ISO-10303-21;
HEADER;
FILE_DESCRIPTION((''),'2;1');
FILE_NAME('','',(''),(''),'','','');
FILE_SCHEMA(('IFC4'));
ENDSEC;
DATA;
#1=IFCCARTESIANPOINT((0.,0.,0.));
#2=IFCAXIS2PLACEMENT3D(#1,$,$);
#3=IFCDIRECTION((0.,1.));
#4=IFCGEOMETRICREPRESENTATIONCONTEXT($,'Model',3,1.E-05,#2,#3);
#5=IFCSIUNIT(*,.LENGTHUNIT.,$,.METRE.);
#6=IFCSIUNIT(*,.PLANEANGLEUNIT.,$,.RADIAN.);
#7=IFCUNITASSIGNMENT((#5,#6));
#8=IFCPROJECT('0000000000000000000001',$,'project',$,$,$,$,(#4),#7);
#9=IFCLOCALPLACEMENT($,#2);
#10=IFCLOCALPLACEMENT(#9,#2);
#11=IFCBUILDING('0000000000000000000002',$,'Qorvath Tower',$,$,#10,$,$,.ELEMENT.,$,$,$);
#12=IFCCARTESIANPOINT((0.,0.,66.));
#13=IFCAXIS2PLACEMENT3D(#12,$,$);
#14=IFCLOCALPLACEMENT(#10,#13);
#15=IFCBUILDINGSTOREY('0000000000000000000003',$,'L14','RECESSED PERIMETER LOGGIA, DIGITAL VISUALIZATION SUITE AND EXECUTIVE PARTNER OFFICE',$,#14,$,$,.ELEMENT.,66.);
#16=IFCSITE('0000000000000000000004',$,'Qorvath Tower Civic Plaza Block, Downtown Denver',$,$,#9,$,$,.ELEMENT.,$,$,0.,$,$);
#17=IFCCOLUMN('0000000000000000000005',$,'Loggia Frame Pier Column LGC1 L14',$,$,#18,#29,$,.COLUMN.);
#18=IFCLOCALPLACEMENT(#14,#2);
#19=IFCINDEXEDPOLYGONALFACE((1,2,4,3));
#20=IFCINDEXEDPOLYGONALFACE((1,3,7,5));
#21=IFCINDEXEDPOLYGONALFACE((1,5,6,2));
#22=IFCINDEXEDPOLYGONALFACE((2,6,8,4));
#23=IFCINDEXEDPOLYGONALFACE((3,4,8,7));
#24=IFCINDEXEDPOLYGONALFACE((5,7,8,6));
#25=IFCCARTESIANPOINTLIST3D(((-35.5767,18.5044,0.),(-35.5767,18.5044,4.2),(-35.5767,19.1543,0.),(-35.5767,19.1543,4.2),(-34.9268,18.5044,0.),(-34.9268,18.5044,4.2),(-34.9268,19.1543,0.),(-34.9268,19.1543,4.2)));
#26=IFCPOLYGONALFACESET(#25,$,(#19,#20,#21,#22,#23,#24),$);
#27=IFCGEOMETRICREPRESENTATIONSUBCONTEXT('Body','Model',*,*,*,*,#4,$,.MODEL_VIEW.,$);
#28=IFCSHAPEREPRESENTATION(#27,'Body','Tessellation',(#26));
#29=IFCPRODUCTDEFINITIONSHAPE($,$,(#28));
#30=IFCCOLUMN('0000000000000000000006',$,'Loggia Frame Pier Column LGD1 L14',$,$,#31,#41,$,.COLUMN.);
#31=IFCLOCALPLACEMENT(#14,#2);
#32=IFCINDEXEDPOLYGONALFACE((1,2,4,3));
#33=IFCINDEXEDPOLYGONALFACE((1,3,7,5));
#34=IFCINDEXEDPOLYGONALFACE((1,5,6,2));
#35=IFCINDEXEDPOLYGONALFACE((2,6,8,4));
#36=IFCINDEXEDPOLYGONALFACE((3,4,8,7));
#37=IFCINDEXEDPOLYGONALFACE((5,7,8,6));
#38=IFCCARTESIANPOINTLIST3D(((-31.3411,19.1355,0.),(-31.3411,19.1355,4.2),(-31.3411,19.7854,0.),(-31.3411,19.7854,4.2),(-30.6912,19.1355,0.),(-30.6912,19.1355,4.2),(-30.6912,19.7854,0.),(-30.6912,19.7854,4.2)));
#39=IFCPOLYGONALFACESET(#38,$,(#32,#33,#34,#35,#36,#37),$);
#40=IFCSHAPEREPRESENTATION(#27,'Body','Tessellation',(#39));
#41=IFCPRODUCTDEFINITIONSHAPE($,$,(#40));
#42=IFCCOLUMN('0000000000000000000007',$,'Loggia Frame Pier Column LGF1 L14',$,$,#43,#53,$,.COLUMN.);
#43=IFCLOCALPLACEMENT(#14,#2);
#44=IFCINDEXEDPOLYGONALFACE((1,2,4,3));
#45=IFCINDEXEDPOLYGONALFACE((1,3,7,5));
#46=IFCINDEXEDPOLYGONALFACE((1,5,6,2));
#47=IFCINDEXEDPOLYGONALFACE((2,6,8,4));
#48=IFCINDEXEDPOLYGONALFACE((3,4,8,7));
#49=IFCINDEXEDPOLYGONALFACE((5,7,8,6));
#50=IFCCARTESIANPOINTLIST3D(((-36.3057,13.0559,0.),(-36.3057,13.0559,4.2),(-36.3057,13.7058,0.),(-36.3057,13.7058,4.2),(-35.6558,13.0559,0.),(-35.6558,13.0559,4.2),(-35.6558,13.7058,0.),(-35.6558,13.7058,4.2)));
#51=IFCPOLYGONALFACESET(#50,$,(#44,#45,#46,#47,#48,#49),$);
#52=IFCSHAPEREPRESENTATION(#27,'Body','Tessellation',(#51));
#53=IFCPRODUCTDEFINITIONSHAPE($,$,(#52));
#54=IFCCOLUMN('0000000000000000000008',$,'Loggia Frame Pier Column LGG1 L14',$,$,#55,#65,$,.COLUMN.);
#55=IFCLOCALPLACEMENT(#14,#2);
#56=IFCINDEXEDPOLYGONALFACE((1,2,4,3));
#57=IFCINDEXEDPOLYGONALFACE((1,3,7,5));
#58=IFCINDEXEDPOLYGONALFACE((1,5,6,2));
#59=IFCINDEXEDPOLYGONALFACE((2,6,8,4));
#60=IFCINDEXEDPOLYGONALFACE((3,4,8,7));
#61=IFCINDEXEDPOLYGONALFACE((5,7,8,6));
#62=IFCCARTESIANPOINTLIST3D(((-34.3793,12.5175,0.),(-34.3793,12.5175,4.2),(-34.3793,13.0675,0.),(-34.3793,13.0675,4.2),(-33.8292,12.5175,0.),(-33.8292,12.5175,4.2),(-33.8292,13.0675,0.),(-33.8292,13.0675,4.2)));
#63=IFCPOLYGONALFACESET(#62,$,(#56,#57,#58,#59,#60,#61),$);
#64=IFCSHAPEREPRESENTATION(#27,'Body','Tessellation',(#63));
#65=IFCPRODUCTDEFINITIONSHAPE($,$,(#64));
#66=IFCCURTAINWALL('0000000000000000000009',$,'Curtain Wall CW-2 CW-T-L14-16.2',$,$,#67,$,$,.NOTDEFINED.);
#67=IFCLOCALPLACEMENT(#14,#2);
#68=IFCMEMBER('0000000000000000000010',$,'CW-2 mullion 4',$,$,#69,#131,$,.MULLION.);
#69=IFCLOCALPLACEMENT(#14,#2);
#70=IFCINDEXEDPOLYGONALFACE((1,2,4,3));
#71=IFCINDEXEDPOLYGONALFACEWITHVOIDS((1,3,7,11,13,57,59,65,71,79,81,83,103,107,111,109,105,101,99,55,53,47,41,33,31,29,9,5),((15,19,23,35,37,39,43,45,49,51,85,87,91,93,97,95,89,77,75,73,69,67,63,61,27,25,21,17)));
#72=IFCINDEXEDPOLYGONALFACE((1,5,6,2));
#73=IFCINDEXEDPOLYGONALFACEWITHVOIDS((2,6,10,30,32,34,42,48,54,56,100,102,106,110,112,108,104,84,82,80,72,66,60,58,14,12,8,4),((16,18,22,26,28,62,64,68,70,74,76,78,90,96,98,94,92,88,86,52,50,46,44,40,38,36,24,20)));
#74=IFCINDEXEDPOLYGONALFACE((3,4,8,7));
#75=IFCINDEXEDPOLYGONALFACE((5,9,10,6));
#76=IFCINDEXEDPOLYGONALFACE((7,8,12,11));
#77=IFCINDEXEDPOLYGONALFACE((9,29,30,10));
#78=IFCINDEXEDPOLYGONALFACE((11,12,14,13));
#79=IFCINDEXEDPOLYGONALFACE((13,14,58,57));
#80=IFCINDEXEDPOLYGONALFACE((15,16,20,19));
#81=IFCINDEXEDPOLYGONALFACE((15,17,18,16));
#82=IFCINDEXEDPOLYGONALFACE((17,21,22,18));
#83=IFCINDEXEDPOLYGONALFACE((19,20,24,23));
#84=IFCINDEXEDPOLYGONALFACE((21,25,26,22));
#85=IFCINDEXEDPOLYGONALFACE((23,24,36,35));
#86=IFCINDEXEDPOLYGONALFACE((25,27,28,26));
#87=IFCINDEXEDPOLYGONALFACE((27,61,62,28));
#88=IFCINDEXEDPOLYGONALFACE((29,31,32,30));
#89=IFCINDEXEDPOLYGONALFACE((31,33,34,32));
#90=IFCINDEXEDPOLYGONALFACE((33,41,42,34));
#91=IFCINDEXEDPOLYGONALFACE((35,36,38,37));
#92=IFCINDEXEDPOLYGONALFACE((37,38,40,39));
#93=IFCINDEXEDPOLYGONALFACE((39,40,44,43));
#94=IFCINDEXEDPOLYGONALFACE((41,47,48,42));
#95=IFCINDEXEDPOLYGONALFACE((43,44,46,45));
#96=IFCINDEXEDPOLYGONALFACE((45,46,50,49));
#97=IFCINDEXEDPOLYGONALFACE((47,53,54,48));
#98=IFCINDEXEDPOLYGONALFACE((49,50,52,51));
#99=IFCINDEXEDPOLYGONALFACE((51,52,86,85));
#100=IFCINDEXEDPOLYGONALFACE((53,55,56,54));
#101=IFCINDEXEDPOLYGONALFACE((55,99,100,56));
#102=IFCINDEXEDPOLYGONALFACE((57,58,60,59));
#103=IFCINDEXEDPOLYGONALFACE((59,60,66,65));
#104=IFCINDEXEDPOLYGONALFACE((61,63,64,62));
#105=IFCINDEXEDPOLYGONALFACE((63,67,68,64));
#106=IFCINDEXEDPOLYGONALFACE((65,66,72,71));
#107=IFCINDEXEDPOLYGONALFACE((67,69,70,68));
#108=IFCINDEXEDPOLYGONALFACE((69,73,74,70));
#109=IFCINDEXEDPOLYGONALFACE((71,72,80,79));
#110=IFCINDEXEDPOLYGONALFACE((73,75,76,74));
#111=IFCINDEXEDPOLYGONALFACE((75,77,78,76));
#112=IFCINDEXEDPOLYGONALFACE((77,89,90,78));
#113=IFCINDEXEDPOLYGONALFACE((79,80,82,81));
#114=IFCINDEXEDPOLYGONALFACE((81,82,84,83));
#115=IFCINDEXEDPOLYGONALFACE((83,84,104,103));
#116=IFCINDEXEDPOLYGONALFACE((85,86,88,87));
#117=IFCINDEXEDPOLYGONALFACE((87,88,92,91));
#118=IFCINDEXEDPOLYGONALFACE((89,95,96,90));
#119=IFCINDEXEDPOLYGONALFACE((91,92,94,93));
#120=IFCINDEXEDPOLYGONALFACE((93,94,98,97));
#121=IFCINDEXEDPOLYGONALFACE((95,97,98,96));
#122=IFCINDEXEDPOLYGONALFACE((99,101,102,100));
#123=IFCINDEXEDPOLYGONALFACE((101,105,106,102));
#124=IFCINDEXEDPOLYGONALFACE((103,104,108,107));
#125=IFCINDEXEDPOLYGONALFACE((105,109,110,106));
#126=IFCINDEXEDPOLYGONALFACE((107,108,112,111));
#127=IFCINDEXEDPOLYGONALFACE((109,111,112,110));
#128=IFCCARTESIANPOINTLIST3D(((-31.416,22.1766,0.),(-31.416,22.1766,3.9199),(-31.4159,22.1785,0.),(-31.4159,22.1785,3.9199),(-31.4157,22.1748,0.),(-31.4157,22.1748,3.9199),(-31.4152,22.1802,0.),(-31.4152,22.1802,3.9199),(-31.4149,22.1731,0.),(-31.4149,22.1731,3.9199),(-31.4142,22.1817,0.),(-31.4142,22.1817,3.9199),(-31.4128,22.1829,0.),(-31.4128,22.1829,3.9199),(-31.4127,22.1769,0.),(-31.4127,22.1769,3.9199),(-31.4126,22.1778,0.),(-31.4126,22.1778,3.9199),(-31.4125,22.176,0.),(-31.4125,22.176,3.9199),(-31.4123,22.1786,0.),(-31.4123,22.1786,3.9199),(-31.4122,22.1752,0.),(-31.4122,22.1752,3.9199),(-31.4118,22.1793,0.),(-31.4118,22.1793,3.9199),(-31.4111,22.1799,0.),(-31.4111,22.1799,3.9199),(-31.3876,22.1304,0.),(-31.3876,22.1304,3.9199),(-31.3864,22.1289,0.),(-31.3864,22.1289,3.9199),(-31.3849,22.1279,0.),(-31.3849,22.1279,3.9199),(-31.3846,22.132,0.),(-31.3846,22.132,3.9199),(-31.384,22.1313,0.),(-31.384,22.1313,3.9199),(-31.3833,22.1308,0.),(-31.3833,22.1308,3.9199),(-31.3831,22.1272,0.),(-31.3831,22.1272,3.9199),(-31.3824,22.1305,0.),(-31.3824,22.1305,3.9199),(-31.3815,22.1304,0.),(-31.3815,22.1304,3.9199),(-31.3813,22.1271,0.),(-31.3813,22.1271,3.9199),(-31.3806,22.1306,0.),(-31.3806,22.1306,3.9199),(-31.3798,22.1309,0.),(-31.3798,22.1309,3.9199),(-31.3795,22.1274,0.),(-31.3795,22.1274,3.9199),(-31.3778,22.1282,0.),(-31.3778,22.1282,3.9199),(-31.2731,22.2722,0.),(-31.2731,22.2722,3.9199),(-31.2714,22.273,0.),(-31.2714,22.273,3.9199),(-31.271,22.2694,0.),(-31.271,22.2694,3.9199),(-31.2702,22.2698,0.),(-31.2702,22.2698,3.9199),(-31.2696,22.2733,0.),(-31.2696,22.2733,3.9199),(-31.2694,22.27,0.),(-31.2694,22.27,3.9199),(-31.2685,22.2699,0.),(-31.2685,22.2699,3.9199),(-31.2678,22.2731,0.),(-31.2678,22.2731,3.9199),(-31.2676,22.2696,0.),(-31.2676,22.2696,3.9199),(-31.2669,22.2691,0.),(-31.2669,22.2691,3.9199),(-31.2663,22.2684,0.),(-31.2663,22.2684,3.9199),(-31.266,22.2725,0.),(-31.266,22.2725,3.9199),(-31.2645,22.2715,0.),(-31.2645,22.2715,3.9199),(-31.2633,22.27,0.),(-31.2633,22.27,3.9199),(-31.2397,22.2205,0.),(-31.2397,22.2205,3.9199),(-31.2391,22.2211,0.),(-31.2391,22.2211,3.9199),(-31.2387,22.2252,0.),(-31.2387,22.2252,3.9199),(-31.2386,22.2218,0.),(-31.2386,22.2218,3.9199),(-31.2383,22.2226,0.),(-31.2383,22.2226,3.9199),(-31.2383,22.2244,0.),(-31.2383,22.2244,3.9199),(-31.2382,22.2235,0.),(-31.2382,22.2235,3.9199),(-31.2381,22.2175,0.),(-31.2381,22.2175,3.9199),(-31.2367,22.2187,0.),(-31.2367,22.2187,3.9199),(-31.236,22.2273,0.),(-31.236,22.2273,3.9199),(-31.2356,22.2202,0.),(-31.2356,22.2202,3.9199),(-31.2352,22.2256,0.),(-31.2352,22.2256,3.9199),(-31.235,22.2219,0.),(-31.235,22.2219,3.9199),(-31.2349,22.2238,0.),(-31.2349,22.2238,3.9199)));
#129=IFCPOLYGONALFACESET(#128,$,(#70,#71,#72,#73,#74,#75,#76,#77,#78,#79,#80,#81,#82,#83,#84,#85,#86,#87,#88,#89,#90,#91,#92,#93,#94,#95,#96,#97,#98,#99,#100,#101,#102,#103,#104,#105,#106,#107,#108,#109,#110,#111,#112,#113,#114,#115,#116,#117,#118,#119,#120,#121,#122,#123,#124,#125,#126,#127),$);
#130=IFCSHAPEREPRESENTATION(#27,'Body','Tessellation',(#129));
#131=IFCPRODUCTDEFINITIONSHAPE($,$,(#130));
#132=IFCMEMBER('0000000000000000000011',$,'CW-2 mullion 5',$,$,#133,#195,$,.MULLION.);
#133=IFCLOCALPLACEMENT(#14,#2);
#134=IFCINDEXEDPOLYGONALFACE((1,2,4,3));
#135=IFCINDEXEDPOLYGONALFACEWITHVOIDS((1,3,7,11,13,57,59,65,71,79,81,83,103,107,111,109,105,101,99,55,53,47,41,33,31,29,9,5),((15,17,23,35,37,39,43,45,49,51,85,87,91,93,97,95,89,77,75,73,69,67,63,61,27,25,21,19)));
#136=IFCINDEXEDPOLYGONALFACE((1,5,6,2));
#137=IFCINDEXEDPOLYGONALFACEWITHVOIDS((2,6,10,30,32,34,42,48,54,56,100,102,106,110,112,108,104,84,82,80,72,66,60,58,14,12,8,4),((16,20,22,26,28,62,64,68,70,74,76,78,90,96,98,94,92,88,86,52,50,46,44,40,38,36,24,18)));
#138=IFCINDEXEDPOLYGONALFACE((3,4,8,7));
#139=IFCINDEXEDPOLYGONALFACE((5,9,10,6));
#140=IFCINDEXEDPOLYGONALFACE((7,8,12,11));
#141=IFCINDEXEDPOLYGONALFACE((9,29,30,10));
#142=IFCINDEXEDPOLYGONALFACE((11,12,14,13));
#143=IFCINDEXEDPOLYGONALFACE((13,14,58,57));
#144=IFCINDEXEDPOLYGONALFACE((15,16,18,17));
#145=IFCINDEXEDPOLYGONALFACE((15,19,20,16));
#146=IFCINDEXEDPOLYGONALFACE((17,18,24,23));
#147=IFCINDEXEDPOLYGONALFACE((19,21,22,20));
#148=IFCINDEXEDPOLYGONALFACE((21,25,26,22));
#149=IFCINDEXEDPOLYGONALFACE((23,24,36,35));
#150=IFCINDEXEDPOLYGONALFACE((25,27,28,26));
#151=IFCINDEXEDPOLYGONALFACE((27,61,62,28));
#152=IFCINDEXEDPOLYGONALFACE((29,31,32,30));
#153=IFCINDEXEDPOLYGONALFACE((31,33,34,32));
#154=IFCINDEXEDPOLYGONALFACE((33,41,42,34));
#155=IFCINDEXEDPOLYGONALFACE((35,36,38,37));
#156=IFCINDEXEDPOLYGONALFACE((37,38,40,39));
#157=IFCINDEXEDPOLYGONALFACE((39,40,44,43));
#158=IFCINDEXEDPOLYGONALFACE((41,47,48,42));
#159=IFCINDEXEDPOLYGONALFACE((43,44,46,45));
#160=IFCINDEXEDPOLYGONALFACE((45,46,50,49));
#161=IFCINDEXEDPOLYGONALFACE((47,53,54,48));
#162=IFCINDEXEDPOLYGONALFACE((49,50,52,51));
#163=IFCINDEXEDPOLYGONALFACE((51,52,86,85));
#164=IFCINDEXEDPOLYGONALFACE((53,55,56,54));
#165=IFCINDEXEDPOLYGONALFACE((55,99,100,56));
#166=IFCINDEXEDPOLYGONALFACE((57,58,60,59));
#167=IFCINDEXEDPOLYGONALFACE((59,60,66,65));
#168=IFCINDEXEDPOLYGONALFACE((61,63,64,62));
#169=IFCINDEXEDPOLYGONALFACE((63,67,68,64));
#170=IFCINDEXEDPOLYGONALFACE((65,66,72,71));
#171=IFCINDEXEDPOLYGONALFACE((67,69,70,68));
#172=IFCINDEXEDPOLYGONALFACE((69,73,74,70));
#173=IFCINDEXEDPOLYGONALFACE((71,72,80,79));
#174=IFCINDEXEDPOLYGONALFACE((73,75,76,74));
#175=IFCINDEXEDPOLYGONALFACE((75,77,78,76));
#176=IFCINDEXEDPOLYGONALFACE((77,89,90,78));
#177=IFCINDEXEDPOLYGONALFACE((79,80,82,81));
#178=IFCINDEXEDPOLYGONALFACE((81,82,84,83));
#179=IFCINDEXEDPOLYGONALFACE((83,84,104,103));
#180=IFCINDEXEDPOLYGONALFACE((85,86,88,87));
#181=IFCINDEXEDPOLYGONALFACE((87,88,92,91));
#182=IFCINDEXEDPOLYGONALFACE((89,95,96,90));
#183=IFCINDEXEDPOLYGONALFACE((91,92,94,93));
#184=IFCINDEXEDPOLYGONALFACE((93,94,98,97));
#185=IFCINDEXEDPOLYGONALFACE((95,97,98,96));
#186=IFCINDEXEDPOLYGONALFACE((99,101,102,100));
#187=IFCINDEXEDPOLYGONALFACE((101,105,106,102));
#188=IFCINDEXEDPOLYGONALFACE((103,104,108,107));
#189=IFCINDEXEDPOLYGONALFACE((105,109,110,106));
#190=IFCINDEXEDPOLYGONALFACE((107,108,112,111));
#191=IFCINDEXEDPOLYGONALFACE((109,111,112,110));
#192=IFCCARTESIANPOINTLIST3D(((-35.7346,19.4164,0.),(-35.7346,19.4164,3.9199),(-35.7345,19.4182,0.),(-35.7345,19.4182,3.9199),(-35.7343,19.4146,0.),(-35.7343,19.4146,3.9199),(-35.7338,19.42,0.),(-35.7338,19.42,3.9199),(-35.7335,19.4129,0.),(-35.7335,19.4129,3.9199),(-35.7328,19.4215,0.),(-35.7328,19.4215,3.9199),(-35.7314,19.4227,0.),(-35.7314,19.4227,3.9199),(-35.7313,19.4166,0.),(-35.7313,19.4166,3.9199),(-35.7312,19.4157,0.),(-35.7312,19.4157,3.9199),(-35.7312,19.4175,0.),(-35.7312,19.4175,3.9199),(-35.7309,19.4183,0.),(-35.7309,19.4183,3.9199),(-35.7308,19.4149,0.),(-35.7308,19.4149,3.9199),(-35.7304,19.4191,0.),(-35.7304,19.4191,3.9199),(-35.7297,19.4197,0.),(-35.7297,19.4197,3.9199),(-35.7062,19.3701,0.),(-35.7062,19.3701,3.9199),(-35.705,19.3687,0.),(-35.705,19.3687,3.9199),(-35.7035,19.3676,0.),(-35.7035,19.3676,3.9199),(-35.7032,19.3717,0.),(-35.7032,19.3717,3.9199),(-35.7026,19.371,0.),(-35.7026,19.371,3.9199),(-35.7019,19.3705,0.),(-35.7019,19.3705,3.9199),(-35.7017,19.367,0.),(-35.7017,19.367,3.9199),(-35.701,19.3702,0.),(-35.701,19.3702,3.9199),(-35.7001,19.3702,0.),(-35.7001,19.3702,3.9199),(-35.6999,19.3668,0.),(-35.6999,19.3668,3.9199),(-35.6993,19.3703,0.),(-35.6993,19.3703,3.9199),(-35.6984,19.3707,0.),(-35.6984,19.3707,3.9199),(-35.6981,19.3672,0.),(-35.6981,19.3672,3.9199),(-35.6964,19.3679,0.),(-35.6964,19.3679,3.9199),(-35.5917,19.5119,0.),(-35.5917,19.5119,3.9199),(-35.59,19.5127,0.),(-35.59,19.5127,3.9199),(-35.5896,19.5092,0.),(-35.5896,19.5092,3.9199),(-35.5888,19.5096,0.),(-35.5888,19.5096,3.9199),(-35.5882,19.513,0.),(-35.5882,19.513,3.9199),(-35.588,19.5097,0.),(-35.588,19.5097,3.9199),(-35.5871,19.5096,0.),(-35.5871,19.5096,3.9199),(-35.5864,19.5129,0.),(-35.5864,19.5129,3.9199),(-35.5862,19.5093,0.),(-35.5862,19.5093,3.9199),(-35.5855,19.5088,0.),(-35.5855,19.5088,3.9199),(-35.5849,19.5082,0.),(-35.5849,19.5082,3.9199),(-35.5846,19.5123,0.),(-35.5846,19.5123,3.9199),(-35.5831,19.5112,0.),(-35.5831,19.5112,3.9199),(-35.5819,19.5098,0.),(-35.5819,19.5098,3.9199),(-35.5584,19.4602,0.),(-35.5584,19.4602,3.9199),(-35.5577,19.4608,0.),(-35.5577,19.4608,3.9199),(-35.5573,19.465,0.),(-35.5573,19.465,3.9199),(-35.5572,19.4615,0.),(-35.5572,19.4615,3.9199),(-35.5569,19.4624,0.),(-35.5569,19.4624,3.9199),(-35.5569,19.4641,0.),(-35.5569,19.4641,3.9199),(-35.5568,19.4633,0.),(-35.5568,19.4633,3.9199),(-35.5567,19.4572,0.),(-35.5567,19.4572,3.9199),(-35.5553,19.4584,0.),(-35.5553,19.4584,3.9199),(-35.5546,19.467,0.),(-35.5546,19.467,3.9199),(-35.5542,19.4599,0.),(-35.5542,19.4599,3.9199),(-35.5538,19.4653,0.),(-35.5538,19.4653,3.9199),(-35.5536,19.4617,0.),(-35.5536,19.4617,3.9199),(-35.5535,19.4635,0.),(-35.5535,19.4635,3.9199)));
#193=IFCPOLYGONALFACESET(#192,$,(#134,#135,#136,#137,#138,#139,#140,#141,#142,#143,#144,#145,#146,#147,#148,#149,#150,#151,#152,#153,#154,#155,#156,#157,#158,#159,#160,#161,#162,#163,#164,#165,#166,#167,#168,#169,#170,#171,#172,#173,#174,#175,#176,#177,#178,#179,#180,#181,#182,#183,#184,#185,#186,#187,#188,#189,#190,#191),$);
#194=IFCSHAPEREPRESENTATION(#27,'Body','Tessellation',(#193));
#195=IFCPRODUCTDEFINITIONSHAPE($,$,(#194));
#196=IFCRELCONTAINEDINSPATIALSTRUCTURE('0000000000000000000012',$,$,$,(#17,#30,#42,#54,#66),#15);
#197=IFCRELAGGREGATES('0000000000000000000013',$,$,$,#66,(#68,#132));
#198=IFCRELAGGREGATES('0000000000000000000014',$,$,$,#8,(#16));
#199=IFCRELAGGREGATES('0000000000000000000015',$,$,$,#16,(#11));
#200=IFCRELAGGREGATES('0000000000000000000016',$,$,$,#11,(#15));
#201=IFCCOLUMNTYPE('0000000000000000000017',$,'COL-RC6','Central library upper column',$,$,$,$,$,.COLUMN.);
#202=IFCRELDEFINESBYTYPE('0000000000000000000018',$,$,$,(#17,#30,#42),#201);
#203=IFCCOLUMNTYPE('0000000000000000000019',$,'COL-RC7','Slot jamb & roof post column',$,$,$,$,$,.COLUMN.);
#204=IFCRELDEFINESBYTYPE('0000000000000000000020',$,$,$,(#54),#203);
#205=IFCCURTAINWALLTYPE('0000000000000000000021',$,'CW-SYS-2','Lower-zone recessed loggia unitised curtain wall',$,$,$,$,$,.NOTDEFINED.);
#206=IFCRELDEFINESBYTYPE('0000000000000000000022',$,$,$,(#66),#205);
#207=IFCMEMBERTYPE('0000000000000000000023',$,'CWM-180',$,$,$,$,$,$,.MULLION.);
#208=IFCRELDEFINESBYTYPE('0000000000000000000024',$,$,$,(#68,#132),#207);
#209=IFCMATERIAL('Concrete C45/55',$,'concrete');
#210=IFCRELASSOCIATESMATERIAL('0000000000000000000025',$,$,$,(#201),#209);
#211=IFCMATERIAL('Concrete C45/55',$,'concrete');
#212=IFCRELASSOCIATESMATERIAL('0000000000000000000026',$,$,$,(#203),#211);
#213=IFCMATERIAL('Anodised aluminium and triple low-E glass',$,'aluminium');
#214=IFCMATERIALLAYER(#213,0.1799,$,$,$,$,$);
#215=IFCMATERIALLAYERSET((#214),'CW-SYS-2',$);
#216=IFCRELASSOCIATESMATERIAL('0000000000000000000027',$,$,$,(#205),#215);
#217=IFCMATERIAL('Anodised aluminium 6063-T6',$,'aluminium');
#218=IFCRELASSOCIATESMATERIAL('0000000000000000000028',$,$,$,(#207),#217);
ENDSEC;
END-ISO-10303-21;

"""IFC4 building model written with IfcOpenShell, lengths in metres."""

from ifc_helpers import new_model, si_unit, direction, frame, origin, origin_2d, place, context, subcontext, project, spatial, rectangle, hollow_rectangle, extrude, material, layer, layer_set, material_profile, profile_set, type_object, element, aggregate, save


model = new_model("IFC4")

# Units and contexts
model_context = context("Model", 3, precision=1e-05, world=origin(), true_north=direction((0.0, 1.0)))
body_context = subcontext(model_context, "Body", "Model", "MODEL_VIEW")
ifc_project = project(units=[si_unit("LENGTHUNIT", "METRE"), si_unit("PLANEANGLEUNIT", "RADIAN")], contexts=[model_context])

# Site, building, storey
site_placement = place(None, origin())
site = spatial("IfcSite", under=ifc_project, at=site_placement, Name="Qorvath Tower Civic Plaza Block, Downtown Denver", CompositionType="ELEMENT", RefElevation=0.0)
building_placement = place(site_placement, origin())
building = spatial("IfcBuilding", under=site, at=building_placement, Name="Qorvath Tower", CompositionType="ELEMENT")
storey_placement = place(building_placement, frame((0.0, 0.0, 66.0)))
storey = spatial("IfcBuildingStorey", under=building, at=storey_placement, Name="L14", Description="RECESSED PERIMETER LOGGIA, DIGITAL VISUALIZATION SUITE AND EXECUTIVE PARTNER OFFICE", CompositionType="ELEMENT", Elevation=66.0)

# Columns
ifc_material_1 = material(Name="Concrete C45/55", Category="concrete")
ifc_material_profile_1 = material_profile(ifc_material_1, rectangle(XDim=0.6499, YDim=0.6499, at=origin_2d()), Name="RC 650x650")
ifc_profile_set_1 = profile_set([ifc_material_profile_1], Name="Concrete C45/55")
column_type_1 = type_object("IfcColumnType", Name="COL-RC6", Description="Central library upper column", PredefinedType="COLUMN", material=ifc_profile_set_1)
for number, where, z_axis, x_axis, name in (
    (1, (-35.2517, 18.8293, 0.0), (0.0, 0.0, 1.0), (1.0, 0.0, 0.0), "Loggia Frame Pier Column LGC1 L14"),
    (2, (-31.0161, 19.4604, 0.0), (0.0, 0.0, 1.0), (1.0, 0.0, 0.0), "Loggia Frame Pier Column LGD1 L14"),
    (3, (-35.9807, 13.3809, 0.0), (0.0, 0.0, 1.0), (1.0, 0.0, 0.0), "Loggia Frame Pier Column LGF1 L14"),
):
    element("IfcColumn", number, at=place(storey_placement, frame(where, z_axis=z_axis, x_axis=x_axis)), inside=storey, type_object=column_type_1, Name=name, PredefinedType="COLUMN", context=body_context, shape_type="SweptSolid", body=[
        extrude(rectangle(XDim=0.6499, YDim=0.6499, at=origin_2d()), origin(), (0.0, 0.0, 1.0), 4.2),
    ])
ifc_material_2 = material(Name="Concrete C45/55", Category="concrete")
ifc_material_profile_2 = material_profile(ifc_material_2, rectangle(XDim=0.55, YDim=0.55, at=origin_2d()), Name="RC 550x550")
ifc_profile_set_2 = profile_set([ifc_material_profile_2], Name="Concrete C45/55")
column_type_2 = type_object("IfcColumnType", Name="COL-RC7", Description="Slot jamb & roof post column", PredefinedType="COLUMN", material=ifc_profile_set_2)
column_placement = place(storey_placement, frame((-34.1042, 12.7925, 0.0), z_axis=(0.0, 0.0, 1.0), x_axis=(1.0, 0.0, 0.0)))
element("IfcColumn", 4, at=column_placement, inside=storey, type_object=column_type_2, Name="Loggia Frame Pier Column LGG1 L14", PredefinedType="COLUMN", context=body_context, shape_type="SweptSolid", body=[
    extrude(rectangle(XDim=0.55, YDim=0.55, at=origin_2d()), origin(), (0.0, 0.0, 1.0), 4.2),
])

# Curtain wall, members
ifc_material_3 = material(Name="Anodised aluminium and triple low-E glass", Category="aluminium")
ifc_layer_1 = layer(ifc_material_3, 0.1799)
ifc_layer_set_1 = layer_set([ifc_layer_1], Name="CW-SYS-2")
curtain_wall_type = type_object("IfcCurtainWallType", Name="CW-SYS-2", Description="Lower-zone recessed loggia unitised curtain wall", PredefinedType="NOTDEFINED", material=ifc_layer_set_1)
curtain_wall_placement = place(storey_placement, origin())
curtain_wall = element("IfcCurtainWall", 5, at=curtain_wall_placement, inside=storey, type_object=curtain_wall_type, Name="Curtain Wall CW-2 CW-T-L14-16.2", PredefinedType="NOTDEFINED")
ifc_material_4 = material(Name="Anodised aluminium 6063-T6", Category="aluminium")
ifc_material_profile_3 = material_profile(ifc_material_4, hollow_rectangle(XDim=0.0649, YDim=0.1799, WallThickness=0.0034, InnerFilletRadius=0.0034, OuterFilletRadius=0.0071, at=origin_2d()), Name="CWM 180x65")
ifc_profile_set_3 = profile_set([ifc_material_profile_3], Name="Anodised aluminium 6063-T6")
member_type_1 = type_object("IfcMemberType", Name="CWM-180", PredefinedType="MULLION", material=ifc_profile_set_3)
member_1_placement = place(storey_placement, frame((-31.3254, 22.2002, 0.0), z_axis=(0.0, 0.0, 1.0), x_axis=(0.538542, -0.842599, 0.0)))
member_1 = element("IfcMember", 6, at=member_1_placement, type_object=member_type_1, Name="CW-2 mullion 4", PredefinedType="MULLION", context=body_context, shape_type="SweptSolid", body=[
    extrude(hollow_rectangle(XDim=0.0649, YDim=0.1799, WallThickness=0.0034, InnerFilletRadius=0.0034, OuterFilletRadius=0.0071, at=origin_2d()), origin(), (0.0, 0.0, 1.0), 3.9199),
])
member_2_placement = place(storey_placement, frame((-35.644, 19.4399, 0.0), z_axis=(0.0, 0.0, 1.0), x_axis=(0.538542, -0.842599, 0.0)))
member_2 = element("IfcMember", 7, at=member_2_placement, type_object=member_type_1, Name="CW-2 mullion 5", PredefinedType="MULLION", context=body_context, shape_type="SweptSolid", body=[
    extrude(hollow_rectangle(XDim=0.0649, YDim=0.1799, WallThickness=0.0034, InnerFilletRadius=0.0034, OuterFilletRadius=0.0071, at=origin_2d()), origin(), (0.0, 0.0, 1.0), 3.9199),
])
aggregate(curtain_wall, [member_1, member_2])

save(model, "model.ifc")
